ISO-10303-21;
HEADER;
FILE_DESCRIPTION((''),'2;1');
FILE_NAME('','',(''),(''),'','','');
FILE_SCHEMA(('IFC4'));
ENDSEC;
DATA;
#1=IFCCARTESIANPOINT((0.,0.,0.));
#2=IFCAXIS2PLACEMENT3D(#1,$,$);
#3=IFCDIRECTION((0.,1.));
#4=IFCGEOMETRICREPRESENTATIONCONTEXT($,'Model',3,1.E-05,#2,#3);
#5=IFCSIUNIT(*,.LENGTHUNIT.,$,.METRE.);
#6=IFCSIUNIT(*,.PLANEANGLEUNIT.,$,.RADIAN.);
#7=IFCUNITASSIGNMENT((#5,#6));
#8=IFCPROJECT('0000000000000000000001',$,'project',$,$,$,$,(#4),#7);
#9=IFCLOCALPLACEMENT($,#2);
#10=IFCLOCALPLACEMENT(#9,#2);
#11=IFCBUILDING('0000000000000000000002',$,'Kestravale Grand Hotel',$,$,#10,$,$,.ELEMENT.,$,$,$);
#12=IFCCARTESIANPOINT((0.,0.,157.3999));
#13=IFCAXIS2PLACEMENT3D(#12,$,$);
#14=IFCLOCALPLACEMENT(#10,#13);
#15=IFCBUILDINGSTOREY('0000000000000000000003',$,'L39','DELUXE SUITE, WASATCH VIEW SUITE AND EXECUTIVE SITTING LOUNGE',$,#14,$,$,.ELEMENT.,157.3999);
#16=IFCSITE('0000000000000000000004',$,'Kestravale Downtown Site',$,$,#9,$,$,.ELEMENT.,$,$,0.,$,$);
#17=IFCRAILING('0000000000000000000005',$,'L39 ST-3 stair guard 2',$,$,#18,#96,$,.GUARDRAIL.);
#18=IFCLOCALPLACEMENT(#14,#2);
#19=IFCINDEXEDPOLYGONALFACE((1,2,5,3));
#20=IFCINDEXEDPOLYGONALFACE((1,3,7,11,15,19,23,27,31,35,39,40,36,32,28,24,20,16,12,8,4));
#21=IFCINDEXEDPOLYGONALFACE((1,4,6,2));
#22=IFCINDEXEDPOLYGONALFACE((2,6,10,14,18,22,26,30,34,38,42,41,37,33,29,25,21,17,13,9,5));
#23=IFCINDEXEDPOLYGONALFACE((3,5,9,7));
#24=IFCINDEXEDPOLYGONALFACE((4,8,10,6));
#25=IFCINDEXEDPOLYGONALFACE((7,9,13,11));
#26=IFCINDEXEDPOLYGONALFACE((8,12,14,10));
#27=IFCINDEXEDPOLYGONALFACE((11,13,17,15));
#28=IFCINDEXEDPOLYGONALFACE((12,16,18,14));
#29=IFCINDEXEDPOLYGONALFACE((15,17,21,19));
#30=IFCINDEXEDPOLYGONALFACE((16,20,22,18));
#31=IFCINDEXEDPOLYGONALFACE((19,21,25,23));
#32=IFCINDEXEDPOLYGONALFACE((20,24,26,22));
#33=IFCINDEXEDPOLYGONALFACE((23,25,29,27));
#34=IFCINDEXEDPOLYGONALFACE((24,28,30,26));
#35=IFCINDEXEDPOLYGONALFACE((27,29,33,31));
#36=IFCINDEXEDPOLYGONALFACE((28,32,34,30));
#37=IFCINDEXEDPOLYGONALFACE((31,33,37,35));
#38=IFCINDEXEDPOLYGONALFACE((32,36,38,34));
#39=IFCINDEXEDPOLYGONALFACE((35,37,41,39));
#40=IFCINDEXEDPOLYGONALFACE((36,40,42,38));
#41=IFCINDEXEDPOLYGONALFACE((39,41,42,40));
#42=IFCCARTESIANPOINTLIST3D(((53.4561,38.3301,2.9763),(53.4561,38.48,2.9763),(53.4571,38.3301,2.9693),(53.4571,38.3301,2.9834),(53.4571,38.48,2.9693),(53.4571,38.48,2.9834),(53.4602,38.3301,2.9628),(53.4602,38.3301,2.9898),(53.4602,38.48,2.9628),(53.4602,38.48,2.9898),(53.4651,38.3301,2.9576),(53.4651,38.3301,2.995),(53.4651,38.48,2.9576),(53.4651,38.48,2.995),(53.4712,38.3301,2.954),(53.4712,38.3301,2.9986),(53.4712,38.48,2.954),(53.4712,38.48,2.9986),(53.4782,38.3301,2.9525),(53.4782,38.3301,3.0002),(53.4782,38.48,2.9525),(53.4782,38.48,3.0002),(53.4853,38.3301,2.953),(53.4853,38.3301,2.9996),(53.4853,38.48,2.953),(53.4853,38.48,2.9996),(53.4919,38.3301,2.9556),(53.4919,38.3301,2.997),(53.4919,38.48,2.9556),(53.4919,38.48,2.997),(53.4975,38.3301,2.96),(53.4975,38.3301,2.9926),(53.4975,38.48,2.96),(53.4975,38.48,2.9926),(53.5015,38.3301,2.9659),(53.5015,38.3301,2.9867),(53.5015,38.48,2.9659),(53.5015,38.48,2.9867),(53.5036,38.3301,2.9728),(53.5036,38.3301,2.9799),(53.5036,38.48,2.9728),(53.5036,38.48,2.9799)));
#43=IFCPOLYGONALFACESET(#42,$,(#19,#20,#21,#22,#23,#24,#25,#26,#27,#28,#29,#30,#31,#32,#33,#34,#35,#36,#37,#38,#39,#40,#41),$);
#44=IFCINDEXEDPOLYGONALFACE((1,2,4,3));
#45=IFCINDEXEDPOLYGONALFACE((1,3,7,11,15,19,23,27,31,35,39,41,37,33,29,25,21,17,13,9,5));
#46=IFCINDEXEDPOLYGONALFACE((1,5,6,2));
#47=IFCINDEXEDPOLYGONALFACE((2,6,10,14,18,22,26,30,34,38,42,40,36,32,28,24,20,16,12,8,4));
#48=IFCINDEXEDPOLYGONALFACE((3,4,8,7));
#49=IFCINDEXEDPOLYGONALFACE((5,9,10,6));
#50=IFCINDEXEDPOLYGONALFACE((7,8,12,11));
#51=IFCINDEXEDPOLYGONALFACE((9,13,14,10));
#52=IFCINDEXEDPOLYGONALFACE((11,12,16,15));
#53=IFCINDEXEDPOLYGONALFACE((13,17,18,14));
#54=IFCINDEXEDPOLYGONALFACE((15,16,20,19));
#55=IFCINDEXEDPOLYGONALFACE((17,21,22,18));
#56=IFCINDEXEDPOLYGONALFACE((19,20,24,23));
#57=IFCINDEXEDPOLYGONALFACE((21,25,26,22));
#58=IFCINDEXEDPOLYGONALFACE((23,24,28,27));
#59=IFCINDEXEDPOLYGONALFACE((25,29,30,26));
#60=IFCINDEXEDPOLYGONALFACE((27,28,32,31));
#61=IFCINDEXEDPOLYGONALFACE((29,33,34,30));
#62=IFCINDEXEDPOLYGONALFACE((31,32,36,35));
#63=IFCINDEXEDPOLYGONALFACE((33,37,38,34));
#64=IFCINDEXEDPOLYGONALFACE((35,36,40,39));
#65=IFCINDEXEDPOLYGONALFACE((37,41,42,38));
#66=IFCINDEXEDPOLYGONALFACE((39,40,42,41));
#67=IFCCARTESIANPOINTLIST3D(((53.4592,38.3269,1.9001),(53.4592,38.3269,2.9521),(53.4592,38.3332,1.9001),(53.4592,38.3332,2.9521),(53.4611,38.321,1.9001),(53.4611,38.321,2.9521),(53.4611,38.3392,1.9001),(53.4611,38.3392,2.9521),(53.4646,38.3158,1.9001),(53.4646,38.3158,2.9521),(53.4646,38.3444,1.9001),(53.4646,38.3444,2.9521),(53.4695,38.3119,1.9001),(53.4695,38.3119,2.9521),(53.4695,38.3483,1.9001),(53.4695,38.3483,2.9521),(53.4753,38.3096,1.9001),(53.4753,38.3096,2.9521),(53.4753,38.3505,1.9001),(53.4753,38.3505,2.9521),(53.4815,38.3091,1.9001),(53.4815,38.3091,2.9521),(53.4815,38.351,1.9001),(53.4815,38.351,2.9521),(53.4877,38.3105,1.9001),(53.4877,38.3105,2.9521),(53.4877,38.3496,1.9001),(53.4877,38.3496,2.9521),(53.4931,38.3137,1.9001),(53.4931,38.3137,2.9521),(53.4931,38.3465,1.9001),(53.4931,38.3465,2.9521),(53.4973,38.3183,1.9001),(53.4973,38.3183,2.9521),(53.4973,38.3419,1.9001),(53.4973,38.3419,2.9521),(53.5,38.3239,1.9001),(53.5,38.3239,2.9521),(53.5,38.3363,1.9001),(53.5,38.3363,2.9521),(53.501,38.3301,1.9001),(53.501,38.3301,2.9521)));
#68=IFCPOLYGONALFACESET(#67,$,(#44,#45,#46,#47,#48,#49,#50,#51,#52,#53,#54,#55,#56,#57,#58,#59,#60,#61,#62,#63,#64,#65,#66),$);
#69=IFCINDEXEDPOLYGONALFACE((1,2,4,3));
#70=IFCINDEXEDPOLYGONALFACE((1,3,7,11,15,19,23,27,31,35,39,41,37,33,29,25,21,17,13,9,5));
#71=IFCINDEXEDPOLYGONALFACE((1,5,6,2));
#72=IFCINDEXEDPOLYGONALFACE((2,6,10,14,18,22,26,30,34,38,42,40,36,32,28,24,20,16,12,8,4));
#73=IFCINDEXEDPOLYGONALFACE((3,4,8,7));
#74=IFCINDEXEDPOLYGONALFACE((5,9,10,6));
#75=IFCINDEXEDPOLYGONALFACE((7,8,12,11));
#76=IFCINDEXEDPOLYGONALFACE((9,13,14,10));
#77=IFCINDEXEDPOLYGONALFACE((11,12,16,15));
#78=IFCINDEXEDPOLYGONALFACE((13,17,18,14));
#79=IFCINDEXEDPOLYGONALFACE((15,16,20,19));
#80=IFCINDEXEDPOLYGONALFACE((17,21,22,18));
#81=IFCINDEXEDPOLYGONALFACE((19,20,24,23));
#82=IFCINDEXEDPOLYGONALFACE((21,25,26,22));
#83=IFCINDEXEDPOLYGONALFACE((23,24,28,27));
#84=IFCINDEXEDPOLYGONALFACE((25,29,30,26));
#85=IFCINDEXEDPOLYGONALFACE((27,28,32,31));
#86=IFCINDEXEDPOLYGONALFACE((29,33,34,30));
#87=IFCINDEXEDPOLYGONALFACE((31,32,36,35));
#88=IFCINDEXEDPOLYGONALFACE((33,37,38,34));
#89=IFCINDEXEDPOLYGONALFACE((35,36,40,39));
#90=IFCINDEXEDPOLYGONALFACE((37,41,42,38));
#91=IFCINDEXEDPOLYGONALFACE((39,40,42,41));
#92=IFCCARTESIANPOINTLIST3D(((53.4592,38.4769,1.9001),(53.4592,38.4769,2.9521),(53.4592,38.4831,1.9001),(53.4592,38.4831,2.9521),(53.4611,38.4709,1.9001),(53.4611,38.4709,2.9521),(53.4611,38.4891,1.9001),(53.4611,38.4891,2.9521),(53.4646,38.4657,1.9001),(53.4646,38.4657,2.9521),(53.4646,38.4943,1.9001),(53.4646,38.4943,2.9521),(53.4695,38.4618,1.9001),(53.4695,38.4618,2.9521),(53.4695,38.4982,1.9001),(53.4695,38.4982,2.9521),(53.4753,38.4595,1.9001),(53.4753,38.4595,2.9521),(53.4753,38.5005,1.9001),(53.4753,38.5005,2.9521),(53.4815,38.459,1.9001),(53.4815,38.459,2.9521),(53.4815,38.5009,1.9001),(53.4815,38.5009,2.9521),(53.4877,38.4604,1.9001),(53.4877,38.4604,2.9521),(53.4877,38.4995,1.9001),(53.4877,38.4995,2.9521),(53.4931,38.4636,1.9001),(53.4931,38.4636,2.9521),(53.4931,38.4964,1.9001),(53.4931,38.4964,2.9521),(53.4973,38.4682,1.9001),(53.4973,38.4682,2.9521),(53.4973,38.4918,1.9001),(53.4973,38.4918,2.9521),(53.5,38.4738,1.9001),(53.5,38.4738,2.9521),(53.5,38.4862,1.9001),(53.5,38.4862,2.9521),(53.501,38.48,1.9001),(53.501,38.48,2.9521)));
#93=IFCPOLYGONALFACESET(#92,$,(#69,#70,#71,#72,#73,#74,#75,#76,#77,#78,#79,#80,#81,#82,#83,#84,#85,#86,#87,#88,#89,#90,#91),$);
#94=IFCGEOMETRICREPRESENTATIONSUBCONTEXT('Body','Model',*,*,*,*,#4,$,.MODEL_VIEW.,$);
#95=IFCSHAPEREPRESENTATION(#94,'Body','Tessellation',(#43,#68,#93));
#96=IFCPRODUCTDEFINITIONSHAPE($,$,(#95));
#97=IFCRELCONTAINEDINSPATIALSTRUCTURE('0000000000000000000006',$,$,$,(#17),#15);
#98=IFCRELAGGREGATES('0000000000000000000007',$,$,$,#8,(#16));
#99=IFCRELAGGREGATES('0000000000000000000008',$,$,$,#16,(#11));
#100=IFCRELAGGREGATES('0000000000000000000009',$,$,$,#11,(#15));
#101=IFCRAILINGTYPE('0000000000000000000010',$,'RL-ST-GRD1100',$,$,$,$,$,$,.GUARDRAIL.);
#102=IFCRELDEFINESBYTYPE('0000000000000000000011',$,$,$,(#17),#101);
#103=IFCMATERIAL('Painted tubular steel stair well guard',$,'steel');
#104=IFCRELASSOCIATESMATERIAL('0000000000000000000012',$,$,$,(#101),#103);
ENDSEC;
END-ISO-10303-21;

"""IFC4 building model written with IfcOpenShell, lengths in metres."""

from ifc_helpers import new_model, si_unit, direction, frame, origin, origin_2d, place, context, subcontext, project, spatial, circle, extrude, material, type_object, element, save


model = new_model("IFC4")

# Units and contexts
model_context = context("Model", 3, precision=1e-05, world=origin(), true_north=direction((0.0, 1.0)))
body_context = subcontext(model_context, "Body", "Model", "MODEL_VIEW")
ifc_project = project(units=[si_unit("LENGTHUNIT", "METRE"), si_unit("PLANEANGLEUNIT", "RADIAN")], contexts=[model_context])

# Site, building, storey
site_placement = place(None, origin())
site = spatial("IfcSite", under=ifc_project, at=site_placement, Name="Kestravale Downtown Site", CompositionType="ELEMENT", RefElevation=0.0)
building_placement = place(site_placement, origin())
building = spatial("IfcBuilding", under=site, at=building_placement, Name="Kestravale Grand Hotel", CompositionType="ELEMENT")
storey_placement = place(building_placement, frame((0.0, 0.0, 157.3999)))
storey = spatial("IfcBuildingStorey", under=building, at=storey_placement, Name="L39", Description="DELUXE SUITE, WASATCH VIEW SUITE AND EXECUTIVE SITTING LOUNGE", CompositionType="ELEMENT", Elevation=157.3999)

# Railing
ifc_material_1 = material(Name="Painted tubular steel stair well guard", Category="steel")
railing_type_1 = type_object("IfcRailingType", Name="RL-ST-GRD1100", PredefinedType="GUARDRAIL", material=ifc_material_1)
railing_1_placement = place(storey_placement, frame((53.48, 38.3301, 1.9001)))
element("IfcRailing", 1, at=railing_1_placement, inside=storey, type_object=railing_type_1, Name="L39 ST-3 stair guard 2", PredefinedType="GUARDRAIL", context=body_context, shape_type="SweptSolid", body=[
    extrude(circle(Radius=0.0239, at=origin_2d()), frame((0.0, 0.0, 1.0762), z_axis=(0.0, 1.0, 0.0), x_axis=(-1.0, 0.0, 0.0)), (0.0, 0.0, 1.0), 0.1499),
    extrude(circle(Radius=0.021, at=origin_2d()), origin(), (0.0, 0.0, 1.0), 1.052),
    extrude(circle(Radius=0.021, at=origin_2d()), frame((0.0, 0.1499, 0.0)), (0.0, 0.0, 1.0), 1.052),
])

save(model, "model.ifc")
